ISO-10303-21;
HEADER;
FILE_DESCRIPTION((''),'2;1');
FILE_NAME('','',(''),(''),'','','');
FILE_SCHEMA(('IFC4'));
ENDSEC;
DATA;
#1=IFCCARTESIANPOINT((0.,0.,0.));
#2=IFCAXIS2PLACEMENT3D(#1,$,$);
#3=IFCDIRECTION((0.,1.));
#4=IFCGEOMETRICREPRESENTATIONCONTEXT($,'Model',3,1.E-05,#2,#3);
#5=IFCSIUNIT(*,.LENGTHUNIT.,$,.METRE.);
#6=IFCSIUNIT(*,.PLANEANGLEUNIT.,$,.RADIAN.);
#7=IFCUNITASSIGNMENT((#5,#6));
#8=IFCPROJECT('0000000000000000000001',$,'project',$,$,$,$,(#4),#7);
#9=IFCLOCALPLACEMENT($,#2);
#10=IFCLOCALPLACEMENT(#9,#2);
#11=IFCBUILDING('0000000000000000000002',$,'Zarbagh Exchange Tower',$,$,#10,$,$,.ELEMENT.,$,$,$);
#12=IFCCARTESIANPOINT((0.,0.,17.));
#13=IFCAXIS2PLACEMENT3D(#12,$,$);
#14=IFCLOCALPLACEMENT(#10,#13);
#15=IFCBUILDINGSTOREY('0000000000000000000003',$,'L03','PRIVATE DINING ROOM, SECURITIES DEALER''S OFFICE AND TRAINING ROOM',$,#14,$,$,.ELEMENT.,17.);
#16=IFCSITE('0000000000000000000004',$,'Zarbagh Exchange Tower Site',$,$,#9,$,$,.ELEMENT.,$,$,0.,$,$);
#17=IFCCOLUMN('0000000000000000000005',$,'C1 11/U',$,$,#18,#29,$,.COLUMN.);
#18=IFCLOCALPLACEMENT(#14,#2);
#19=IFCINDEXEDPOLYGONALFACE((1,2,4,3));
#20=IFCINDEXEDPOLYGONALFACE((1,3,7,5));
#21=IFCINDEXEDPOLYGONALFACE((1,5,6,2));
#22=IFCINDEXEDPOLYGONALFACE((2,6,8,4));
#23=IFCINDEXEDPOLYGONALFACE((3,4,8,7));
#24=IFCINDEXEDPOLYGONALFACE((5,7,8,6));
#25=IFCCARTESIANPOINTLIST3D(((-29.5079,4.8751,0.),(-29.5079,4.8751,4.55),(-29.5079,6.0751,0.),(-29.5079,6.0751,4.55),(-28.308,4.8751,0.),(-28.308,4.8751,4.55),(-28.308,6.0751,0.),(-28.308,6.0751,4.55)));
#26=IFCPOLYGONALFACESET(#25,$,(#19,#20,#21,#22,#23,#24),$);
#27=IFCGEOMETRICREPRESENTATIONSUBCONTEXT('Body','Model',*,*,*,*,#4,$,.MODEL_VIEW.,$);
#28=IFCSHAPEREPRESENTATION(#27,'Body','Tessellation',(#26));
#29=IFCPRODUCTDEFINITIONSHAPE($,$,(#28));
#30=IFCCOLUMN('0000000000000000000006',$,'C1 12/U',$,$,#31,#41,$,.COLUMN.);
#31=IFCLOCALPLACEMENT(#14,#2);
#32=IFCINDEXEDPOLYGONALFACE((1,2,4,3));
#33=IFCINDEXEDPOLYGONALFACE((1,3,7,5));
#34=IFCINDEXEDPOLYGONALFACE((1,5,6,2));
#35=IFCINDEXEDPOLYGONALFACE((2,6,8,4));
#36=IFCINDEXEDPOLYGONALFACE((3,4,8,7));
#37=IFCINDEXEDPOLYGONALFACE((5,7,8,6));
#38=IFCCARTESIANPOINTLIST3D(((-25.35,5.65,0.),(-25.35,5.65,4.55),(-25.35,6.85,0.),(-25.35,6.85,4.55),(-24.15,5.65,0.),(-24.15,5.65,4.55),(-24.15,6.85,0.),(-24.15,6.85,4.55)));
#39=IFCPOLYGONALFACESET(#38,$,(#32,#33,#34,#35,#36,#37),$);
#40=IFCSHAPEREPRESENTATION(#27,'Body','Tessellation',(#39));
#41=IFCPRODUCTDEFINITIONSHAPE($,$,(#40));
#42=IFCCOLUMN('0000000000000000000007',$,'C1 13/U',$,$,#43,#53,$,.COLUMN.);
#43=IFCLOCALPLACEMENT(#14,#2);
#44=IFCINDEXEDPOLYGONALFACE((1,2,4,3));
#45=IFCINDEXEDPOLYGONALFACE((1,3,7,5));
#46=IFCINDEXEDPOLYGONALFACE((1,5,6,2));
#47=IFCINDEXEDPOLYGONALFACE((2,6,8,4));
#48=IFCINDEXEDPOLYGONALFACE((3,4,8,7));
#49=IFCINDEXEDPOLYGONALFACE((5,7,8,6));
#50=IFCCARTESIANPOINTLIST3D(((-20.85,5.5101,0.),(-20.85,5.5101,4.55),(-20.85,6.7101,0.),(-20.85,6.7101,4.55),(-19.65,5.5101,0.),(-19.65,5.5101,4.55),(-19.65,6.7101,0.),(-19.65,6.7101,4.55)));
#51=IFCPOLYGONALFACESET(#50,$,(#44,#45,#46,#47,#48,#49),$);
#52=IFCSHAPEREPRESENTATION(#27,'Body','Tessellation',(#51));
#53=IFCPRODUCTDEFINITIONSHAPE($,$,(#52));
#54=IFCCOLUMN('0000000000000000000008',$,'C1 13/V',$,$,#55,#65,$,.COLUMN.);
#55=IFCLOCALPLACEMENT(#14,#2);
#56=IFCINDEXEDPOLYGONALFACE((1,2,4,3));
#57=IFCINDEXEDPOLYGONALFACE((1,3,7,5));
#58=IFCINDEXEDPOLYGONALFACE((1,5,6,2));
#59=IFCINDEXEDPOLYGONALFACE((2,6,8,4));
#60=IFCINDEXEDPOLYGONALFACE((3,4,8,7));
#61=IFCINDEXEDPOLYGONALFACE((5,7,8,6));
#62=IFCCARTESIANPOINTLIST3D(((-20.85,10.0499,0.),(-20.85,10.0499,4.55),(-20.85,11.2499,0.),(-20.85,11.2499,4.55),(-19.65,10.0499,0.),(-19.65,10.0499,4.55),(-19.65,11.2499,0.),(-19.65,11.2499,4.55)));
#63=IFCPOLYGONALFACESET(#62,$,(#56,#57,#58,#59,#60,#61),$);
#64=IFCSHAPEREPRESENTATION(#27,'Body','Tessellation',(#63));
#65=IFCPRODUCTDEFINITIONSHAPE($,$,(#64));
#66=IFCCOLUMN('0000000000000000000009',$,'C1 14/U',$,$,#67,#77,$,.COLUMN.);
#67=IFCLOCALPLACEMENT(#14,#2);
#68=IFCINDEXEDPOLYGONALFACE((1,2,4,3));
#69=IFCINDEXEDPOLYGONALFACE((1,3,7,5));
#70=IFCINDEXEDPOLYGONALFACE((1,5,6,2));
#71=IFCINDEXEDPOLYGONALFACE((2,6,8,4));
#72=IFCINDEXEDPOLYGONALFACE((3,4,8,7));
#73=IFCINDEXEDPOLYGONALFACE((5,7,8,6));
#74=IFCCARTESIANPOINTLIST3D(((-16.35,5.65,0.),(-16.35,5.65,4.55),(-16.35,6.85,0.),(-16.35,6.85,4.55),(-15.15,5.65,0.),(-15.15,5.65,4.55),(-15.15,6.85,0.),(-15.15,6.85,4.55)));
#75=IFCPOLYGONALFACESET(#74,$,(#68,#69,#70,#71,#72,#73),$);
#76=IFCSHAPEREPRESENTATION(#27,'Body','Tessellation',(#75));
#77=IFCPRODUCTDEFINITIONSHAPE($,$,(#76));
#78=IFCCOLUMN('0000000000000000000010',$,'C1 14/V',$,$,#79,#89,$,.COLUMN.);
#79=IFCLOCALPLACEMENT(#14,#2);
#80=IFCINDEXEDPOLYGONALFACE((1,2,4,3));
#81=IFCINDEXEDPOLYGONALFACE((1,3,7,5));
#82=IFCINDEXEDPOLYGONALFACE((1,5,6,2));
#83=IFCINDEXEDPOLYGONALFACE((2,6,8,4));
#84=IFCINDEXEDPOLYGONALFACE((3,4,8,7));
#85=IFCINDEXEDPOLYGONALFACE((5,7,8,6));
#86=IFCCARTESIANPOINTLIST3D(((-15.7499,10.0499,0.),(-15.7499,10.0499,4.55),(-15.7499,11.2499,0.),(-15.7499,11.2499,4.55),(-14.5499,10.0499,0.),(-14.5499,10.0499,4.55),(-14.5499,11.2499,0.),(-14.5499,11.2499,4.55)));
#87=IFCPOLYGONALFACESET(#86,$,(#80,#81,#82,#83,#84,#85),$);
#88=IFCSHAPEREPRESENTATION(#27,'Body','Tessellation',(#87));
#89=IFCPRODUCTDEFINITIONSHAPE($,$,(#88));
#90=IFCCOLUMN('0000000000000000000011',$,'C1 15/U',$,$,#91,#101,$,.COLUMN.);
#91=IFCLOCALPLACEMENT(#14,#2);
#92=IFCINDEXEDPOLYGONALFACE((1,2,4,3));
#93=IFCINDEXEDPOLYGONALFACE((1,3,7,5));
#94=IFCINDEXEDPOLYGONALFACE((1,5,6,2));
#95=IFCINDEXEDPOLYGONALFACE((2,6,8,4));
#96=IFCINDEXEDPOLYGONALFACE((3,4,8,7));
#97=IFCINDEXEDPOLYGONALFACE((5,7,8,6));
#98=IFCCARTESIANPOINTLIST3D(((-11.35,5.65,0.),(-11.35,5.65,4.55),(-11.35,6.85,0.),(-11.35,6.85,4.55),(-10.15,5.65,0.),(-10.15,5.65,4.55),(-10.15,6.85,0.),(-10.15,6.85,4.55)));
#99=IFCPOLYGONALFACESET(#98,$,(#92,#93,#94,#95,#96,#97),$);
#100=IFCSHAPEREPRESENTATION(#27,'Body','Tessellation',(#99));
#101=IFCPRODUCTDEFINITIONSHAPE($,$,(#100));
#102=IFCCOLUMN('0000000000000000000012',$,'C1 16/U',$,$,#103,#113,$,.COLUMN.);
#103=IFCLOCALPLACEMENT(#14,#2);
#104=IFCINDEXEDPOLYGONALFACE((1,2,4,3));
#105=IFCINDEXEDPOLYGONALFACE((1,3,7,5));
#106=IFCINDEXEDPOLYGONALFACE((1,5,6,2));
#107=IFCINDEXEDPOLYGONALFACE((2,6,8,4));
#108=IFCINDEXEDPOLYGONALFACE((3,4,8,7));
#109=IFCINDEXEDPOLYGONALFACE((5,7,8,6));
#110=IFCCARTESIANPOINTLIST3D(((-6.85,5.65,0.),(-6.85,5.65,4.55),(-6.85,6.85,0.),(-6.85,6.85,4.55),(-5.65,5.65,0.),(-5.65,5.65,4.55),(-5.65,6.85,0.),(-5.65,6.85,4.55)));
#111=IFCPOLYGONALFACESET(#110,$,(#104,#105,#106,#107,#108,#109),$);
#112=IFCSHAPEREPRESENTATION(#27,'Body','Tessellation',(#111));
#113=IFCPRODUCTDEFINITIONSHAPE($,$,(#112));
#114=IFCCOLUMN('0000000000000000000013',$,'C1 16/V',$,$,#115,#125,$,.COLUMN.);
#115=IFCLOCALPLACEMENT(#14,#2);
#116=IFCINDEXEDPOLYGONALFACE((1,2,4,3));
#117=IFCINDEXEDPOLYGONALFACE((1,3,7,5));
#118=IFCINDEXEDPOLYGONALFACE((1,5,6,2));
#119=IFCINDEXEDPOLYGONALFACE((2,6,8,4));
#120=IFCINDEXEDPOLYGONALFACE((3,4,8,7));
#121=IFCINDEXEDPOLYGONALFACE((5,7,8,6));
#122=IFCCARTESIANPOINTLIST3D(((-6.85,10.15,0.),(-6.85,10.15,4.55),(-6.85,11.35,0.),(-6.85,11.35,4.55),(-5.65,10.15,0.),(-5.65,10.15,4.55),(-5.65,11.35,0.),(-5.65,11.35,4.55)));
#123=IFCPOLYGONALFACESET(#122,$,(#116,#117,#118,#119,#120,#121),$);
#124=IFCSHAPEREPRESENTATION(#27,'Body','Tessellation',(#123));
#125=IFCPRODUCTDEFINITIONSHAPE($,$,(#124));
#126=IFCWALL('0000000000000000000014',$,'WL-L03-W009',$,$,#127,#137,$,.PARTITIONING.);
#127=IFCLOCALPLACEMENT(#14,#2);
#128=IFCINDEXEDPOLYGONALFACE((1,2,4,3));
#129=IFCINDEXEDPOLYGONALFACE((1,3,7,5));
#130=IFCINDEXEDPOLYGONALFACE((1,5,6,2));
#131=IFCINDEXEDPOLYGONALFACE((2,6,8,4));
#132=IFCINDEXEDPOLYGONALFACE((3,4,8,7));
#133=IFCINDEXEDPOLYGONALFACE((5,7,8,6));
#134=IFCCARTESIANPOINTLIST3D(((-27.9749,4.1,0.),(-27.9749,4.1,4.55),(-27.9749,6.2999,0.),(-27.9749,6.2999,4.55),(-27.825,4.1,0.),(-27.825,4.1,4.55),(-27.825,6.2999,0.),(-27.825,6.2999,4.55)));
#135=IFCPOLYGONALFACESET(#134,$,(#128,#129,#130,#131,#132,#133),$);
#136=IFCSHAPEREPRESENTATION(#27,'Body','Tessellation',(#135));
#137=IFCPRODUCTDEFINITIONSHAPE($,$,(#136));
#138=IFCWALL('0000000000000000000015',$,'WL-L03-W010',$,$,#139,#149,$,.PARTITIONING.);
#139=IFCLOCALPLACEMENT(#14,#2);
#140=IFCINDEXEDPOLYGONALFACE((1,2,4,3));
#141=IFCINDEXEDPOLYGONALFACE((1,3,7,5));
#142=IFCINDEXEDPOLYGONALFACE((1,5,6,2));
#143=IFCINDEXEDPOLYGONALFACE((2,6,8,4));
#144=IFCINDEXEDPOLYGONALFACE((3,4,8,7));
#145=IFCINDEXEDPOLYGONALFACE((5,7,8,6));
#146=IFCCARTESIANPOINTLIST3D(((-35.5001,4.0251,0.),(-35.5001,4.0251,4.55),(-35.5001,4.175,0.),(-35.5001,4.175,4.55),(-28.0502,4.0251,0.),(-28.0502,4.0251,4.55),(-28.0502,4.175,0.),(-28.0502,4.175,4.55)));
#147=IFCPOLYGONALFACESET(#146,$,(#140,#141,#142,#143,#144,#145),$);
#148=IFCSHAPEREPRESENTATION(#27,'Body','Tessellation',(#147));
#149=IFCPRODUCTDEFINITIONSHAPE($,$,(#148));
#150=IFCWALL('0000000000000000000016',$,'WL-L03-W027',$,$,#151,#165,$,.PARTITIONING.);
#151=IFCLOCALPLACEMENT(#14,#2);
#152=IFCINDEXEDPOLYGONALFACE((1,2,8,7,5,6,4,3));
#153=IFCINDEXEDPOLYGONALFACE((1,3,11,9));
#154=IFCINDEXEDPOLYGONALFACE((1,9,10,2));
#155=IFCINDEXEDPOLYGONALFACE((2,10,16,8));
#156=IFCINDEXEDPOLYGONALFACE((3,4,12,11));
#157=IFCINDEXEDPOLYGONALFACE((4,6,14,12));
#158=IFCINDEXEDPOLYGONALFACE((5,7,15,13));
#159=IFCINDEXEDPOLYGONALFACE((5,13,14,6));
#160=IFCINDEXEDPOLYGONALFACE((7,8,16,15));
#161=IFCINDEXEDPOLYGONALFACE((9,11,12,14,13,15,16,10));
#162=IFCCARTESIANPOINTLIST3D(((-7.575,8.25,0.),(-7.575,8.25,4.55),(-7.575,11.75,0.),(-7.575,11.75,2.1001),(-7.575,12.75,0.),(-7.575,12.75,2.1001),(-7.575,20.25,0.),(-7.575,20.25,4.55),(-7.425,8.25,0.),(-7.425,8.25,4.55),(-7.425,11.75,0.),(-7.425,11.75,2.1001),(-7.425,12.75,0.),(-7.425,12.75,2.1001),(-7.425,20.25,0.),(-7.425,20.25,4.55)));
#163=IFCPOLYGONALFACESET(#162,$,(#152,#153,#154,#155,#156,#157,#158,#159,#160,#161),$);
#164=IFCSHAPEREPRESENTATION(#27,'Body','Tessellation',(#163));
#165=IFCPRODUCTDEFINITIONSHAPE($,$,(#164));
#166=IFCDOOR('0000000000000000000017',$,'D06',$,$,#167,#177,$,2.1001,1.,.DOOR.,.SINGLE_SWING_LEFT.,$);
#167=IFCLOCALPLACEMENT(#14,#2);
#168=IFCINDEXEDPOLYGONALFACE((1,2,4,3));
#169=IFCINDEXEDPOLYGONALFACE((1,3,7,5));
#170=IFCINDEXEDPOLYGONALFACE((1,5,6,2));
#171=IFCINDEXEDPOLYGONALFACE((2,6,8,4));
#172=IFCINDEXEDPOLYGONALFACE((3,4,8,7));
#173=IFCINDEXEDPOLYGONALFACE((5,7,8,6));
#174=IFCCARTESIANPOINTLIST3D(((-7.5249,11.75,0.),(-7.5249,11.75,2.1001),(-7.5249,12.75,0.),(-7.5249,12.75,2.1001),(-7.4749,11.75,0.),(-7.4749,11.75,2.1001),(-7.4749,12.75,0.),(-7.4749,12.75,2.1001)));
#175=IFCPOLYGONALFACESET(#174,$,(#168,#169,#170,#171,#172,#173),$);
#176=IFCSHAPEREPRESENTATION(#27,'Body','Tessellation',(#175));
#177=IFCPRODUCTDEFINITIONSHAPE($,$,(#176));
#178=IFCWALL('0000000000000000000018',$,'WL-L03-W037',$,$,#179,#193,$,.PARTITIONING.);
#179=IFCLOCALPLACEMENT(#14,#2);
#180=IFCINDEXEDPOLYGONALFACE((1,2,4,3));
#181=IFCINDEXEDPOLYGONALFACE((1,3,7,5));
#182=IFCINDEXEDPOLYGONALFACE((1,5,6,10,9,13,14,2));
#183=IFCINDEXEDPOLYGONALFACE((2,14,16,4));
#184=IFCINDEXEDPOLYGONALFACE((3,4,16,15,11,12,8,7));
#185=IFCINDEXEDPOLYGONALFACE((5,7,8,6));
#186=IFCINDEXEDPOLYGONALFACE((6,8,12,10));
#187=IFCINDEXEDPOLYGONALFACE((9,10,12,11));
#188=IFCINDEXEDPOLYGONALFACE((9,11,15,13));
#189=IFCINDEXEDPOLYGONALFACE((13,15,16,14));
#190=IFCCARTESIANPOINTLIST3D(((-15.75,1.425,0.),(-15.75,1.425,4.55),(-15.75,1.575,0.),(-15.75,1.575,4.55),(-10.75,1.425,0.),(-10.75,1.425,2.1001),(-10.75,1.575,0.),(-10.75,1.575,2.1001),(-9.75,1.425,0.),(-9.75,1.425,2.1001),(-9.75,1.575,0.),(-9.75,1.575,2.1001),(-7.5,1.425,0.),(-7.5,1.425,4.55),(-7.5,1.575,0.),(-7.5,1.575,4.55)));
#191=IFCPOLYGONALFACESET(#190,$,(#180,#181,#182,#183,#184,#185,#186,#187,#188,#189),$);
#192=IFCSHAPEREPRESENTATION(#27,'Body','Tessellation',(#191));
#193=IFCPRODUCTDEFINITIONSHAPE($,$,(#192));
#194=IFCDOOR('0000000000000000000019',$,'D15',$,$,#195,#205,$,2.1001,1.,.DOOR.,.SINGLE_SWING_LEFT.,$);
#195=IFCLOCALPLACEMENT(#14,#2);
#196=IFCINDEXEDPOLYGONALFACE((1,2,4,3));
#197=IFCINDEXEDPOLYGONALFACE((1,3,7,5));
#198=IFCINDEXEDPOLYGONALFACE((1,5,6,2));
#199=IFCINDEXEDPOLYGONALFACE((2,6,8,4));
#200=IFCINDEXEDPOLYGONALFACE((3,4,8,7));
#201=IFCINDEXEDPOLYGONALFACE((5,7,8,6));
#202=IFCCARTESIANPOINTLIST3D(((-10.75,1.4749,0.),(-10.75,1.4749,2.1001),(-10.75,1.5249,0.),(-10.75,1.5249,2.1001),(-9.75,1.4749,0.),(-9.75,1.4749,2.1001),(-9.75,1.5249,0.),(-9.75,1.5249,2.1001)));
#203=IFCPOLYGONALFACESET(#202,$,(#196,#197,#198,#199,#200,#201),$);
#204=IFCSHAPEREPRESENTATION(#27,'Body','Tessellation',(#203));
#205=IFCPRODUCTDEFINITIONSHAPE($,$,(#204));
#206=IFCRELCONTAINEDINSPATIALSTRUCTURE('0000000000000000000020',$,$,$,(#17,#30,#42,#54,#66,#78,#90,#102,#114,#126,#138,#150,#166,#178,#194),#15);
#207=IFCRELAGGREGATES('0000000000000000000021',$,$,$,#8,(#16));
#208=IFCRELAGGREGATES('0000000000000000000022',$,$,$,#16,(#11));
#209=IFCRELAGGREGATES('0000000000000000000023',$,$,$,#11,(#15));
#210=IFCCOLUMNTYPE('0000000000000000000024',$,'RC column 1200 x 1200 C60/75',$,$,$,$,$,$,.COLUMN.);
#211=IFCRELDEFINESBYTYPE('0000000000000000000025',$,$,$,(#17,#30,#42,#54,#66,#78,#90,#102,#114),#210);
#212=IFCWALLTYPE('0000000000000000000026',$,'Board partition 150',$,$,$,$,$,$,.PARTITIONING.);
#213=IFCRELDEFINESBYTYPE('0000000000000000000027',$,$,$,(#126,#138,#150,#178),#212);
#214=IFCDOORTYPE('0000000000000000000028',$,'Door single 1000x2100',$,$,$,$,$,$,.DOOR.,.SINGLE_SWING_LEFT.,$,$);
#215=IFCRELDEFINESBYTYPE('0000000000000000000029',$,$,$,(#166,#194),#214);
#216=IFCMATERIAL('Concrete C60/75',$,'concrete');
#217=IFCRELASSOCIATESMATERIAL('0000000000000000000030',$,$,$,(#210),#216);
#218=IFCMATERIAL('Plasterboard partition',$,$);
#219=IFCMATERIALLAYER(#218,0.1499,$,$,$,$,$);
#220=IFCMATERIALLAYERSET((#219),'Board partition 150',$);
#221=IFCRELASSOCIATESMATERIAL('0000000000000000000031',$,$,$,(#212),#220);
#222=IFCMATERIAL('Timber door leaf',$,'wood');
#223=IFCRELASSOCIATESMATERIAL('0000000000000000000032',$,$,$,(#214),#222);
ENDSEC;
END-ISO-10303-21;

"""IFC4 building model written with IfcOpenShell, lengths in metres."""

from ifc_helpers import new_model, si_unit, direction, frame, frame_2d, origin, origin_2d, place, context, subcontext, project, spatial, rectangle, extrude, material, layer, layer_set, material_profile, profile_set, type_object, element, fill, save


model = new_model("IFC4")

# Units and contexts
model_context = context("Model", 3, precision=1e-05, world=origin(), true_north=direction((0.0, 1.0)))
body_context = subcontext(model_context, "Body", "Model", "MODEL_VIEW")
ifc_project = project(units=[si_unit("LENGTHUNIT", "METRE"), si_unit("PLANEANGLEUNIT", "RADIAN")], contexts=[model_context])

# Site, building, storey
site_placement = place(None, origin())
site = spatial("IfcSite", under=ifc_project, at=site_placement, Name="Zarbagh Exchange Tower Site", CompositionType="ELEMENT", RefElevation=0.0)
building_placement = place(site_placement, origin())
building = spatial("IfcBuilding", under=site, at=building_placement, Name="Zarbagh Exchange Tower", CompositionType="ELEMENT")
storey_placement = place(building_placement, frame((0.0, 0.0, 17.0)))
storey = spatial("IfcBuildingStorey", under=building, at=storey_placement, Name="L03", Description="PRIVATE DINING ROOM, SECURITIES DEALER'S OFFICE AND TRAINING ROOM", CompositionType="ELEMENT", Elevation=17.0)

# Columns
ifc_material_1 = material(Name="Concrete C60/75", Category="concrete")
ifc_material_profile = material_profile(ifc_material_1, rectangle(XDim=1.2, YDim=1.2, at=origin_2d()), Name="RC column 1200 x 1200 C60/75")
ifc_profile_set = profile_set([ifc_material_profile], Name="Concrete C60/75")
column_type = type_object("IfcColumnType", Name="RC column 1200 x 1200 C60/75", PredefinedType="COLUMN", material=ifc_profile_set)
for number, where, z_axis, x_axis, name in (
    (1, (-28.908, 5.4751, 0.0), (0.0, 0.0, 1.0), (1.0, 0.0, 0.0), "C1 11/U"),
    (2, (-24.75, 6.25, 0.0), (0.0, 0.0, 1.0), (1.0, 0.0, 0.0), "C1 12/U"),
    (3, (-20.25, 6.1101, 0.0), (0.0, 0.0, 1.0), (1.0, 0.0, 0.0), "C1 13/U"),
    (4, (-20.25, 10.6499, 0.0), (0.0, 0.0, 1.0), (1.0, 0.0, 0.0), "C1 13/V"),
    (5, (-15.75, 6.25, 0.0), (0.0, 0.0, 1.0), (1.0, 0.0, 0.0), "C1 14/U"),
    (6, (-15.1499, 10.6499, 0.0), (0.0, 0.0, 1.0), (1.0, 0.0, 0.0), "C1 14/V"),
    (7, (-10.75, 6.25, 0.0), (0.0, 0.0, 1.0), (1.0, 0.0, 0.0), "C1 15/U"),
    (8, (-6.25, 6.25, 0.0), (0.0, 0.0, 1.0), (1.0, 0.0, 0.0), "C1 16/U"),
    (9, (-6.25, 10.75, 0.0), (0.0, 0.0, 1.0), (1.0, 0.0, 0.0), "C1 16/V"),
):
    element("IfcColumn", number, at=place(storey_placement, frame(where, z_axis=z_axis, x_axis=x_axis)), inside=storey, type_object=column_type, Name=name, PredefinedType="COLUMN", context=body_context, shape_type="SweptSolid", body=[
        extrude(rectangle(XDim=1.2, YDim=1.2, at=origin_2d()), origin(), (0.0, 0.0, 1.0), 4.55),
    ])

# Walls
ifc_material_2 = material(Name="Plasterboard partition")
ifc_layer_1 = layer(ifc_material_2, 0.1499)
ifc_layer_set_1 = layer_set([ifc_layer_1], Name="Board partition 150")
wall_type_1 = type_object("IfcWallType", Name="Board partition 150", PredefinedType="PARTITIONING", material=ifc_layer_set_1)
wall_1_placement = place(storey_placement, frame((-27.8999, 6.3, 0.0), z_axis=(0.0, 0.0, 1.0), x_axis=(0.0, -1.0, 0.0)))
element("IfcWall", 10, at=wall_1_placement, inside=storey, type_object=wall_type_1, Name="WL-L03-W009", PredefinedType="PARTITIONING", context=body_context, shape_type="SweptSolid", body=[
    extrude(rectangle(XDim=2.2, YDim=0.1499, at=frame_2d((1.1001, 0.0))), origin(), (0.0, 0.0, 1.0), 4.55),
])
wall_2_placement = place(storey_placement, frame((-28.05, 4.1001, 0.0), z_axis=(0.0, 0.0, 1.0), x_axis=(-1.0, 0.0, 0.0)))
element("IfcWall", 11, at=wall_2_placement, inside=storey, type_object=wall_type_1, Name="WL-L03-W010", PredefinedType="PARTITIONING", context=body_context, shape_type="SweptSolid", body=[
    extrude(rectangle(XDim=7.45, YDim=0.1499, at=frame_2d((3.7251, 0.0))), origin(), (0.0, 0.0, 1.0), 4.55),
])

# Walls, openings, doors
wall_3_placement = place(storey_placement, frame((-7.5, 8.25, 0.0), z_axis=(0.0, 0.0, 1.0), x_axis=(0.0, 1.0, 0.0)))
wall_3 = element("IfcWall", 12, at=wall_3_placement, inside=storey, type_object=wall_type_1, Name="WL-L03-W027", PredefinedType="PARTITIONING", context=body_context, shape_type="SweptSolid", body=[
    extrude(rectangle(XDim=12.0, YDim=0.1499, at=frame_2d((6.0, 0.0))), origin(), (0.0, 0.0, 1.0), 4.55),
])
opening_1_placement = place(wall_3_placement, frame((3.5, 0.0, 0.0)))
opening_1 = element("IfcOpeningElement", 13, at=opening_1_placement, cuts=wall_3, PredefinedType="OPENING", context=body_context, shape_type="SweptSolid", body=[
    extrude(rectangle(XDim=1.0, YDim=2.1001, at=frame_2d((0.5, 1.05))), frame((0.0, 0.085, 0.0), z_axis=(0.0, -1.0, 0.0), x_axis=(1.0, 0.0, 0.0)), (0.0, 0.0, 1.0), 0.1699),
])
ifc_material_3 = material(Name="Timber door leaf", Category="wood")
door_type = type_object("IfcDoorType", Name="Door single 1000x2100", OperationType="SINGLE_SWING_LEFT", PredefinedType="DOOR", material=ifc_material_3)
door_1_placement = place(opening_1_placement, origin())
door_1 = element("IfcDoor", 14, at=door_1_placement, inside=storey, type_object=door_type, Name="D06", OperationType="SINGLE_SWING_LEFT", OverallHeight=2.1001, OverallWidth=1.0, PredefinedType="DOOR", context=body_context, shape_type="SweptSolid", body=[
    extrude(rectangle(XDim=1.0, YDim=2.1001, at=frame_2d((0.5, 1.05))), frame((0.0, 0.0249, 0.0), z_axis=(0.0, -1.0, 0.0), x_axis=(1.0, 0.0, 0.0)), (0.0, 0.0, 1.0), 0.05),
])
fill(opening_1, door_1)
wall_4_placement = place(storey_placement, frame((-15.75, 1.5, 0.0), z_axis=(0.0, 0.0, 1.0), x_axis=(1.0, 0.0, 0.0)))
wall_4 = element("IfcWall", 15, at=wall_4_placement, inside=storey, type_object=wall_type_1, Name="WL-L03-W037", PredefinedType="PARTITIONING", context=body_context, shape_type="SweptSolid", body=[
    extrude(rectangle(XDim=8.25, YDim=0.1499, at=frame_2d((4.125, 0.0))), origin(), (0.0, 0.0, 1.0), 4.55),
])
opening_2_placement = place(wall_4_placement, frame((5.0, 0.0, 0.0)))
opening_2 = element("IfcOpeningElement", 16, at=opening_2_placement, cuts=wall_4, PredefinedType="OPENING", context=body_context, shape_type="SweptSolid", body=[
    extrude(rectangle(XDim=1.0, YDim=2.1001, at=frame_2d((0.5, 1.05))), frame((0.0, 0.085, 0.0), z_axis=(0.0, -1.0, 0.0), x_axis=(1.0, 0.0, 0.0)), (0.0, 0.0, 1.0), 0.1699),
])
door_2_placement = place(opening_2_placement, origin())
door_2 = element("IfcDoor", 17, at=door_2_placement, inside=storey, type_object=door_type, Name="D15", OperationType="SINGLE_SWING_LEFT", OverallHeight=2.1001, OverallWidth=1.0, PredefinedType="DOOR", context=body_context, shape_type="SweptSolid", body=[
    extrude(rectangle(XDim=1.0, YDim=2.1001, at=frame_2d((0.5, 1.05))), frame((0.0, 0.0249, 0.0), z_axis=(0.0, -1.0, 0.0), x_axis=(1.0, 0.0, 0.0)), (0.0, 0.0, 1.0), 0.05),
])
fill(opening_2, door_2)

save(model, "model.ifc")
